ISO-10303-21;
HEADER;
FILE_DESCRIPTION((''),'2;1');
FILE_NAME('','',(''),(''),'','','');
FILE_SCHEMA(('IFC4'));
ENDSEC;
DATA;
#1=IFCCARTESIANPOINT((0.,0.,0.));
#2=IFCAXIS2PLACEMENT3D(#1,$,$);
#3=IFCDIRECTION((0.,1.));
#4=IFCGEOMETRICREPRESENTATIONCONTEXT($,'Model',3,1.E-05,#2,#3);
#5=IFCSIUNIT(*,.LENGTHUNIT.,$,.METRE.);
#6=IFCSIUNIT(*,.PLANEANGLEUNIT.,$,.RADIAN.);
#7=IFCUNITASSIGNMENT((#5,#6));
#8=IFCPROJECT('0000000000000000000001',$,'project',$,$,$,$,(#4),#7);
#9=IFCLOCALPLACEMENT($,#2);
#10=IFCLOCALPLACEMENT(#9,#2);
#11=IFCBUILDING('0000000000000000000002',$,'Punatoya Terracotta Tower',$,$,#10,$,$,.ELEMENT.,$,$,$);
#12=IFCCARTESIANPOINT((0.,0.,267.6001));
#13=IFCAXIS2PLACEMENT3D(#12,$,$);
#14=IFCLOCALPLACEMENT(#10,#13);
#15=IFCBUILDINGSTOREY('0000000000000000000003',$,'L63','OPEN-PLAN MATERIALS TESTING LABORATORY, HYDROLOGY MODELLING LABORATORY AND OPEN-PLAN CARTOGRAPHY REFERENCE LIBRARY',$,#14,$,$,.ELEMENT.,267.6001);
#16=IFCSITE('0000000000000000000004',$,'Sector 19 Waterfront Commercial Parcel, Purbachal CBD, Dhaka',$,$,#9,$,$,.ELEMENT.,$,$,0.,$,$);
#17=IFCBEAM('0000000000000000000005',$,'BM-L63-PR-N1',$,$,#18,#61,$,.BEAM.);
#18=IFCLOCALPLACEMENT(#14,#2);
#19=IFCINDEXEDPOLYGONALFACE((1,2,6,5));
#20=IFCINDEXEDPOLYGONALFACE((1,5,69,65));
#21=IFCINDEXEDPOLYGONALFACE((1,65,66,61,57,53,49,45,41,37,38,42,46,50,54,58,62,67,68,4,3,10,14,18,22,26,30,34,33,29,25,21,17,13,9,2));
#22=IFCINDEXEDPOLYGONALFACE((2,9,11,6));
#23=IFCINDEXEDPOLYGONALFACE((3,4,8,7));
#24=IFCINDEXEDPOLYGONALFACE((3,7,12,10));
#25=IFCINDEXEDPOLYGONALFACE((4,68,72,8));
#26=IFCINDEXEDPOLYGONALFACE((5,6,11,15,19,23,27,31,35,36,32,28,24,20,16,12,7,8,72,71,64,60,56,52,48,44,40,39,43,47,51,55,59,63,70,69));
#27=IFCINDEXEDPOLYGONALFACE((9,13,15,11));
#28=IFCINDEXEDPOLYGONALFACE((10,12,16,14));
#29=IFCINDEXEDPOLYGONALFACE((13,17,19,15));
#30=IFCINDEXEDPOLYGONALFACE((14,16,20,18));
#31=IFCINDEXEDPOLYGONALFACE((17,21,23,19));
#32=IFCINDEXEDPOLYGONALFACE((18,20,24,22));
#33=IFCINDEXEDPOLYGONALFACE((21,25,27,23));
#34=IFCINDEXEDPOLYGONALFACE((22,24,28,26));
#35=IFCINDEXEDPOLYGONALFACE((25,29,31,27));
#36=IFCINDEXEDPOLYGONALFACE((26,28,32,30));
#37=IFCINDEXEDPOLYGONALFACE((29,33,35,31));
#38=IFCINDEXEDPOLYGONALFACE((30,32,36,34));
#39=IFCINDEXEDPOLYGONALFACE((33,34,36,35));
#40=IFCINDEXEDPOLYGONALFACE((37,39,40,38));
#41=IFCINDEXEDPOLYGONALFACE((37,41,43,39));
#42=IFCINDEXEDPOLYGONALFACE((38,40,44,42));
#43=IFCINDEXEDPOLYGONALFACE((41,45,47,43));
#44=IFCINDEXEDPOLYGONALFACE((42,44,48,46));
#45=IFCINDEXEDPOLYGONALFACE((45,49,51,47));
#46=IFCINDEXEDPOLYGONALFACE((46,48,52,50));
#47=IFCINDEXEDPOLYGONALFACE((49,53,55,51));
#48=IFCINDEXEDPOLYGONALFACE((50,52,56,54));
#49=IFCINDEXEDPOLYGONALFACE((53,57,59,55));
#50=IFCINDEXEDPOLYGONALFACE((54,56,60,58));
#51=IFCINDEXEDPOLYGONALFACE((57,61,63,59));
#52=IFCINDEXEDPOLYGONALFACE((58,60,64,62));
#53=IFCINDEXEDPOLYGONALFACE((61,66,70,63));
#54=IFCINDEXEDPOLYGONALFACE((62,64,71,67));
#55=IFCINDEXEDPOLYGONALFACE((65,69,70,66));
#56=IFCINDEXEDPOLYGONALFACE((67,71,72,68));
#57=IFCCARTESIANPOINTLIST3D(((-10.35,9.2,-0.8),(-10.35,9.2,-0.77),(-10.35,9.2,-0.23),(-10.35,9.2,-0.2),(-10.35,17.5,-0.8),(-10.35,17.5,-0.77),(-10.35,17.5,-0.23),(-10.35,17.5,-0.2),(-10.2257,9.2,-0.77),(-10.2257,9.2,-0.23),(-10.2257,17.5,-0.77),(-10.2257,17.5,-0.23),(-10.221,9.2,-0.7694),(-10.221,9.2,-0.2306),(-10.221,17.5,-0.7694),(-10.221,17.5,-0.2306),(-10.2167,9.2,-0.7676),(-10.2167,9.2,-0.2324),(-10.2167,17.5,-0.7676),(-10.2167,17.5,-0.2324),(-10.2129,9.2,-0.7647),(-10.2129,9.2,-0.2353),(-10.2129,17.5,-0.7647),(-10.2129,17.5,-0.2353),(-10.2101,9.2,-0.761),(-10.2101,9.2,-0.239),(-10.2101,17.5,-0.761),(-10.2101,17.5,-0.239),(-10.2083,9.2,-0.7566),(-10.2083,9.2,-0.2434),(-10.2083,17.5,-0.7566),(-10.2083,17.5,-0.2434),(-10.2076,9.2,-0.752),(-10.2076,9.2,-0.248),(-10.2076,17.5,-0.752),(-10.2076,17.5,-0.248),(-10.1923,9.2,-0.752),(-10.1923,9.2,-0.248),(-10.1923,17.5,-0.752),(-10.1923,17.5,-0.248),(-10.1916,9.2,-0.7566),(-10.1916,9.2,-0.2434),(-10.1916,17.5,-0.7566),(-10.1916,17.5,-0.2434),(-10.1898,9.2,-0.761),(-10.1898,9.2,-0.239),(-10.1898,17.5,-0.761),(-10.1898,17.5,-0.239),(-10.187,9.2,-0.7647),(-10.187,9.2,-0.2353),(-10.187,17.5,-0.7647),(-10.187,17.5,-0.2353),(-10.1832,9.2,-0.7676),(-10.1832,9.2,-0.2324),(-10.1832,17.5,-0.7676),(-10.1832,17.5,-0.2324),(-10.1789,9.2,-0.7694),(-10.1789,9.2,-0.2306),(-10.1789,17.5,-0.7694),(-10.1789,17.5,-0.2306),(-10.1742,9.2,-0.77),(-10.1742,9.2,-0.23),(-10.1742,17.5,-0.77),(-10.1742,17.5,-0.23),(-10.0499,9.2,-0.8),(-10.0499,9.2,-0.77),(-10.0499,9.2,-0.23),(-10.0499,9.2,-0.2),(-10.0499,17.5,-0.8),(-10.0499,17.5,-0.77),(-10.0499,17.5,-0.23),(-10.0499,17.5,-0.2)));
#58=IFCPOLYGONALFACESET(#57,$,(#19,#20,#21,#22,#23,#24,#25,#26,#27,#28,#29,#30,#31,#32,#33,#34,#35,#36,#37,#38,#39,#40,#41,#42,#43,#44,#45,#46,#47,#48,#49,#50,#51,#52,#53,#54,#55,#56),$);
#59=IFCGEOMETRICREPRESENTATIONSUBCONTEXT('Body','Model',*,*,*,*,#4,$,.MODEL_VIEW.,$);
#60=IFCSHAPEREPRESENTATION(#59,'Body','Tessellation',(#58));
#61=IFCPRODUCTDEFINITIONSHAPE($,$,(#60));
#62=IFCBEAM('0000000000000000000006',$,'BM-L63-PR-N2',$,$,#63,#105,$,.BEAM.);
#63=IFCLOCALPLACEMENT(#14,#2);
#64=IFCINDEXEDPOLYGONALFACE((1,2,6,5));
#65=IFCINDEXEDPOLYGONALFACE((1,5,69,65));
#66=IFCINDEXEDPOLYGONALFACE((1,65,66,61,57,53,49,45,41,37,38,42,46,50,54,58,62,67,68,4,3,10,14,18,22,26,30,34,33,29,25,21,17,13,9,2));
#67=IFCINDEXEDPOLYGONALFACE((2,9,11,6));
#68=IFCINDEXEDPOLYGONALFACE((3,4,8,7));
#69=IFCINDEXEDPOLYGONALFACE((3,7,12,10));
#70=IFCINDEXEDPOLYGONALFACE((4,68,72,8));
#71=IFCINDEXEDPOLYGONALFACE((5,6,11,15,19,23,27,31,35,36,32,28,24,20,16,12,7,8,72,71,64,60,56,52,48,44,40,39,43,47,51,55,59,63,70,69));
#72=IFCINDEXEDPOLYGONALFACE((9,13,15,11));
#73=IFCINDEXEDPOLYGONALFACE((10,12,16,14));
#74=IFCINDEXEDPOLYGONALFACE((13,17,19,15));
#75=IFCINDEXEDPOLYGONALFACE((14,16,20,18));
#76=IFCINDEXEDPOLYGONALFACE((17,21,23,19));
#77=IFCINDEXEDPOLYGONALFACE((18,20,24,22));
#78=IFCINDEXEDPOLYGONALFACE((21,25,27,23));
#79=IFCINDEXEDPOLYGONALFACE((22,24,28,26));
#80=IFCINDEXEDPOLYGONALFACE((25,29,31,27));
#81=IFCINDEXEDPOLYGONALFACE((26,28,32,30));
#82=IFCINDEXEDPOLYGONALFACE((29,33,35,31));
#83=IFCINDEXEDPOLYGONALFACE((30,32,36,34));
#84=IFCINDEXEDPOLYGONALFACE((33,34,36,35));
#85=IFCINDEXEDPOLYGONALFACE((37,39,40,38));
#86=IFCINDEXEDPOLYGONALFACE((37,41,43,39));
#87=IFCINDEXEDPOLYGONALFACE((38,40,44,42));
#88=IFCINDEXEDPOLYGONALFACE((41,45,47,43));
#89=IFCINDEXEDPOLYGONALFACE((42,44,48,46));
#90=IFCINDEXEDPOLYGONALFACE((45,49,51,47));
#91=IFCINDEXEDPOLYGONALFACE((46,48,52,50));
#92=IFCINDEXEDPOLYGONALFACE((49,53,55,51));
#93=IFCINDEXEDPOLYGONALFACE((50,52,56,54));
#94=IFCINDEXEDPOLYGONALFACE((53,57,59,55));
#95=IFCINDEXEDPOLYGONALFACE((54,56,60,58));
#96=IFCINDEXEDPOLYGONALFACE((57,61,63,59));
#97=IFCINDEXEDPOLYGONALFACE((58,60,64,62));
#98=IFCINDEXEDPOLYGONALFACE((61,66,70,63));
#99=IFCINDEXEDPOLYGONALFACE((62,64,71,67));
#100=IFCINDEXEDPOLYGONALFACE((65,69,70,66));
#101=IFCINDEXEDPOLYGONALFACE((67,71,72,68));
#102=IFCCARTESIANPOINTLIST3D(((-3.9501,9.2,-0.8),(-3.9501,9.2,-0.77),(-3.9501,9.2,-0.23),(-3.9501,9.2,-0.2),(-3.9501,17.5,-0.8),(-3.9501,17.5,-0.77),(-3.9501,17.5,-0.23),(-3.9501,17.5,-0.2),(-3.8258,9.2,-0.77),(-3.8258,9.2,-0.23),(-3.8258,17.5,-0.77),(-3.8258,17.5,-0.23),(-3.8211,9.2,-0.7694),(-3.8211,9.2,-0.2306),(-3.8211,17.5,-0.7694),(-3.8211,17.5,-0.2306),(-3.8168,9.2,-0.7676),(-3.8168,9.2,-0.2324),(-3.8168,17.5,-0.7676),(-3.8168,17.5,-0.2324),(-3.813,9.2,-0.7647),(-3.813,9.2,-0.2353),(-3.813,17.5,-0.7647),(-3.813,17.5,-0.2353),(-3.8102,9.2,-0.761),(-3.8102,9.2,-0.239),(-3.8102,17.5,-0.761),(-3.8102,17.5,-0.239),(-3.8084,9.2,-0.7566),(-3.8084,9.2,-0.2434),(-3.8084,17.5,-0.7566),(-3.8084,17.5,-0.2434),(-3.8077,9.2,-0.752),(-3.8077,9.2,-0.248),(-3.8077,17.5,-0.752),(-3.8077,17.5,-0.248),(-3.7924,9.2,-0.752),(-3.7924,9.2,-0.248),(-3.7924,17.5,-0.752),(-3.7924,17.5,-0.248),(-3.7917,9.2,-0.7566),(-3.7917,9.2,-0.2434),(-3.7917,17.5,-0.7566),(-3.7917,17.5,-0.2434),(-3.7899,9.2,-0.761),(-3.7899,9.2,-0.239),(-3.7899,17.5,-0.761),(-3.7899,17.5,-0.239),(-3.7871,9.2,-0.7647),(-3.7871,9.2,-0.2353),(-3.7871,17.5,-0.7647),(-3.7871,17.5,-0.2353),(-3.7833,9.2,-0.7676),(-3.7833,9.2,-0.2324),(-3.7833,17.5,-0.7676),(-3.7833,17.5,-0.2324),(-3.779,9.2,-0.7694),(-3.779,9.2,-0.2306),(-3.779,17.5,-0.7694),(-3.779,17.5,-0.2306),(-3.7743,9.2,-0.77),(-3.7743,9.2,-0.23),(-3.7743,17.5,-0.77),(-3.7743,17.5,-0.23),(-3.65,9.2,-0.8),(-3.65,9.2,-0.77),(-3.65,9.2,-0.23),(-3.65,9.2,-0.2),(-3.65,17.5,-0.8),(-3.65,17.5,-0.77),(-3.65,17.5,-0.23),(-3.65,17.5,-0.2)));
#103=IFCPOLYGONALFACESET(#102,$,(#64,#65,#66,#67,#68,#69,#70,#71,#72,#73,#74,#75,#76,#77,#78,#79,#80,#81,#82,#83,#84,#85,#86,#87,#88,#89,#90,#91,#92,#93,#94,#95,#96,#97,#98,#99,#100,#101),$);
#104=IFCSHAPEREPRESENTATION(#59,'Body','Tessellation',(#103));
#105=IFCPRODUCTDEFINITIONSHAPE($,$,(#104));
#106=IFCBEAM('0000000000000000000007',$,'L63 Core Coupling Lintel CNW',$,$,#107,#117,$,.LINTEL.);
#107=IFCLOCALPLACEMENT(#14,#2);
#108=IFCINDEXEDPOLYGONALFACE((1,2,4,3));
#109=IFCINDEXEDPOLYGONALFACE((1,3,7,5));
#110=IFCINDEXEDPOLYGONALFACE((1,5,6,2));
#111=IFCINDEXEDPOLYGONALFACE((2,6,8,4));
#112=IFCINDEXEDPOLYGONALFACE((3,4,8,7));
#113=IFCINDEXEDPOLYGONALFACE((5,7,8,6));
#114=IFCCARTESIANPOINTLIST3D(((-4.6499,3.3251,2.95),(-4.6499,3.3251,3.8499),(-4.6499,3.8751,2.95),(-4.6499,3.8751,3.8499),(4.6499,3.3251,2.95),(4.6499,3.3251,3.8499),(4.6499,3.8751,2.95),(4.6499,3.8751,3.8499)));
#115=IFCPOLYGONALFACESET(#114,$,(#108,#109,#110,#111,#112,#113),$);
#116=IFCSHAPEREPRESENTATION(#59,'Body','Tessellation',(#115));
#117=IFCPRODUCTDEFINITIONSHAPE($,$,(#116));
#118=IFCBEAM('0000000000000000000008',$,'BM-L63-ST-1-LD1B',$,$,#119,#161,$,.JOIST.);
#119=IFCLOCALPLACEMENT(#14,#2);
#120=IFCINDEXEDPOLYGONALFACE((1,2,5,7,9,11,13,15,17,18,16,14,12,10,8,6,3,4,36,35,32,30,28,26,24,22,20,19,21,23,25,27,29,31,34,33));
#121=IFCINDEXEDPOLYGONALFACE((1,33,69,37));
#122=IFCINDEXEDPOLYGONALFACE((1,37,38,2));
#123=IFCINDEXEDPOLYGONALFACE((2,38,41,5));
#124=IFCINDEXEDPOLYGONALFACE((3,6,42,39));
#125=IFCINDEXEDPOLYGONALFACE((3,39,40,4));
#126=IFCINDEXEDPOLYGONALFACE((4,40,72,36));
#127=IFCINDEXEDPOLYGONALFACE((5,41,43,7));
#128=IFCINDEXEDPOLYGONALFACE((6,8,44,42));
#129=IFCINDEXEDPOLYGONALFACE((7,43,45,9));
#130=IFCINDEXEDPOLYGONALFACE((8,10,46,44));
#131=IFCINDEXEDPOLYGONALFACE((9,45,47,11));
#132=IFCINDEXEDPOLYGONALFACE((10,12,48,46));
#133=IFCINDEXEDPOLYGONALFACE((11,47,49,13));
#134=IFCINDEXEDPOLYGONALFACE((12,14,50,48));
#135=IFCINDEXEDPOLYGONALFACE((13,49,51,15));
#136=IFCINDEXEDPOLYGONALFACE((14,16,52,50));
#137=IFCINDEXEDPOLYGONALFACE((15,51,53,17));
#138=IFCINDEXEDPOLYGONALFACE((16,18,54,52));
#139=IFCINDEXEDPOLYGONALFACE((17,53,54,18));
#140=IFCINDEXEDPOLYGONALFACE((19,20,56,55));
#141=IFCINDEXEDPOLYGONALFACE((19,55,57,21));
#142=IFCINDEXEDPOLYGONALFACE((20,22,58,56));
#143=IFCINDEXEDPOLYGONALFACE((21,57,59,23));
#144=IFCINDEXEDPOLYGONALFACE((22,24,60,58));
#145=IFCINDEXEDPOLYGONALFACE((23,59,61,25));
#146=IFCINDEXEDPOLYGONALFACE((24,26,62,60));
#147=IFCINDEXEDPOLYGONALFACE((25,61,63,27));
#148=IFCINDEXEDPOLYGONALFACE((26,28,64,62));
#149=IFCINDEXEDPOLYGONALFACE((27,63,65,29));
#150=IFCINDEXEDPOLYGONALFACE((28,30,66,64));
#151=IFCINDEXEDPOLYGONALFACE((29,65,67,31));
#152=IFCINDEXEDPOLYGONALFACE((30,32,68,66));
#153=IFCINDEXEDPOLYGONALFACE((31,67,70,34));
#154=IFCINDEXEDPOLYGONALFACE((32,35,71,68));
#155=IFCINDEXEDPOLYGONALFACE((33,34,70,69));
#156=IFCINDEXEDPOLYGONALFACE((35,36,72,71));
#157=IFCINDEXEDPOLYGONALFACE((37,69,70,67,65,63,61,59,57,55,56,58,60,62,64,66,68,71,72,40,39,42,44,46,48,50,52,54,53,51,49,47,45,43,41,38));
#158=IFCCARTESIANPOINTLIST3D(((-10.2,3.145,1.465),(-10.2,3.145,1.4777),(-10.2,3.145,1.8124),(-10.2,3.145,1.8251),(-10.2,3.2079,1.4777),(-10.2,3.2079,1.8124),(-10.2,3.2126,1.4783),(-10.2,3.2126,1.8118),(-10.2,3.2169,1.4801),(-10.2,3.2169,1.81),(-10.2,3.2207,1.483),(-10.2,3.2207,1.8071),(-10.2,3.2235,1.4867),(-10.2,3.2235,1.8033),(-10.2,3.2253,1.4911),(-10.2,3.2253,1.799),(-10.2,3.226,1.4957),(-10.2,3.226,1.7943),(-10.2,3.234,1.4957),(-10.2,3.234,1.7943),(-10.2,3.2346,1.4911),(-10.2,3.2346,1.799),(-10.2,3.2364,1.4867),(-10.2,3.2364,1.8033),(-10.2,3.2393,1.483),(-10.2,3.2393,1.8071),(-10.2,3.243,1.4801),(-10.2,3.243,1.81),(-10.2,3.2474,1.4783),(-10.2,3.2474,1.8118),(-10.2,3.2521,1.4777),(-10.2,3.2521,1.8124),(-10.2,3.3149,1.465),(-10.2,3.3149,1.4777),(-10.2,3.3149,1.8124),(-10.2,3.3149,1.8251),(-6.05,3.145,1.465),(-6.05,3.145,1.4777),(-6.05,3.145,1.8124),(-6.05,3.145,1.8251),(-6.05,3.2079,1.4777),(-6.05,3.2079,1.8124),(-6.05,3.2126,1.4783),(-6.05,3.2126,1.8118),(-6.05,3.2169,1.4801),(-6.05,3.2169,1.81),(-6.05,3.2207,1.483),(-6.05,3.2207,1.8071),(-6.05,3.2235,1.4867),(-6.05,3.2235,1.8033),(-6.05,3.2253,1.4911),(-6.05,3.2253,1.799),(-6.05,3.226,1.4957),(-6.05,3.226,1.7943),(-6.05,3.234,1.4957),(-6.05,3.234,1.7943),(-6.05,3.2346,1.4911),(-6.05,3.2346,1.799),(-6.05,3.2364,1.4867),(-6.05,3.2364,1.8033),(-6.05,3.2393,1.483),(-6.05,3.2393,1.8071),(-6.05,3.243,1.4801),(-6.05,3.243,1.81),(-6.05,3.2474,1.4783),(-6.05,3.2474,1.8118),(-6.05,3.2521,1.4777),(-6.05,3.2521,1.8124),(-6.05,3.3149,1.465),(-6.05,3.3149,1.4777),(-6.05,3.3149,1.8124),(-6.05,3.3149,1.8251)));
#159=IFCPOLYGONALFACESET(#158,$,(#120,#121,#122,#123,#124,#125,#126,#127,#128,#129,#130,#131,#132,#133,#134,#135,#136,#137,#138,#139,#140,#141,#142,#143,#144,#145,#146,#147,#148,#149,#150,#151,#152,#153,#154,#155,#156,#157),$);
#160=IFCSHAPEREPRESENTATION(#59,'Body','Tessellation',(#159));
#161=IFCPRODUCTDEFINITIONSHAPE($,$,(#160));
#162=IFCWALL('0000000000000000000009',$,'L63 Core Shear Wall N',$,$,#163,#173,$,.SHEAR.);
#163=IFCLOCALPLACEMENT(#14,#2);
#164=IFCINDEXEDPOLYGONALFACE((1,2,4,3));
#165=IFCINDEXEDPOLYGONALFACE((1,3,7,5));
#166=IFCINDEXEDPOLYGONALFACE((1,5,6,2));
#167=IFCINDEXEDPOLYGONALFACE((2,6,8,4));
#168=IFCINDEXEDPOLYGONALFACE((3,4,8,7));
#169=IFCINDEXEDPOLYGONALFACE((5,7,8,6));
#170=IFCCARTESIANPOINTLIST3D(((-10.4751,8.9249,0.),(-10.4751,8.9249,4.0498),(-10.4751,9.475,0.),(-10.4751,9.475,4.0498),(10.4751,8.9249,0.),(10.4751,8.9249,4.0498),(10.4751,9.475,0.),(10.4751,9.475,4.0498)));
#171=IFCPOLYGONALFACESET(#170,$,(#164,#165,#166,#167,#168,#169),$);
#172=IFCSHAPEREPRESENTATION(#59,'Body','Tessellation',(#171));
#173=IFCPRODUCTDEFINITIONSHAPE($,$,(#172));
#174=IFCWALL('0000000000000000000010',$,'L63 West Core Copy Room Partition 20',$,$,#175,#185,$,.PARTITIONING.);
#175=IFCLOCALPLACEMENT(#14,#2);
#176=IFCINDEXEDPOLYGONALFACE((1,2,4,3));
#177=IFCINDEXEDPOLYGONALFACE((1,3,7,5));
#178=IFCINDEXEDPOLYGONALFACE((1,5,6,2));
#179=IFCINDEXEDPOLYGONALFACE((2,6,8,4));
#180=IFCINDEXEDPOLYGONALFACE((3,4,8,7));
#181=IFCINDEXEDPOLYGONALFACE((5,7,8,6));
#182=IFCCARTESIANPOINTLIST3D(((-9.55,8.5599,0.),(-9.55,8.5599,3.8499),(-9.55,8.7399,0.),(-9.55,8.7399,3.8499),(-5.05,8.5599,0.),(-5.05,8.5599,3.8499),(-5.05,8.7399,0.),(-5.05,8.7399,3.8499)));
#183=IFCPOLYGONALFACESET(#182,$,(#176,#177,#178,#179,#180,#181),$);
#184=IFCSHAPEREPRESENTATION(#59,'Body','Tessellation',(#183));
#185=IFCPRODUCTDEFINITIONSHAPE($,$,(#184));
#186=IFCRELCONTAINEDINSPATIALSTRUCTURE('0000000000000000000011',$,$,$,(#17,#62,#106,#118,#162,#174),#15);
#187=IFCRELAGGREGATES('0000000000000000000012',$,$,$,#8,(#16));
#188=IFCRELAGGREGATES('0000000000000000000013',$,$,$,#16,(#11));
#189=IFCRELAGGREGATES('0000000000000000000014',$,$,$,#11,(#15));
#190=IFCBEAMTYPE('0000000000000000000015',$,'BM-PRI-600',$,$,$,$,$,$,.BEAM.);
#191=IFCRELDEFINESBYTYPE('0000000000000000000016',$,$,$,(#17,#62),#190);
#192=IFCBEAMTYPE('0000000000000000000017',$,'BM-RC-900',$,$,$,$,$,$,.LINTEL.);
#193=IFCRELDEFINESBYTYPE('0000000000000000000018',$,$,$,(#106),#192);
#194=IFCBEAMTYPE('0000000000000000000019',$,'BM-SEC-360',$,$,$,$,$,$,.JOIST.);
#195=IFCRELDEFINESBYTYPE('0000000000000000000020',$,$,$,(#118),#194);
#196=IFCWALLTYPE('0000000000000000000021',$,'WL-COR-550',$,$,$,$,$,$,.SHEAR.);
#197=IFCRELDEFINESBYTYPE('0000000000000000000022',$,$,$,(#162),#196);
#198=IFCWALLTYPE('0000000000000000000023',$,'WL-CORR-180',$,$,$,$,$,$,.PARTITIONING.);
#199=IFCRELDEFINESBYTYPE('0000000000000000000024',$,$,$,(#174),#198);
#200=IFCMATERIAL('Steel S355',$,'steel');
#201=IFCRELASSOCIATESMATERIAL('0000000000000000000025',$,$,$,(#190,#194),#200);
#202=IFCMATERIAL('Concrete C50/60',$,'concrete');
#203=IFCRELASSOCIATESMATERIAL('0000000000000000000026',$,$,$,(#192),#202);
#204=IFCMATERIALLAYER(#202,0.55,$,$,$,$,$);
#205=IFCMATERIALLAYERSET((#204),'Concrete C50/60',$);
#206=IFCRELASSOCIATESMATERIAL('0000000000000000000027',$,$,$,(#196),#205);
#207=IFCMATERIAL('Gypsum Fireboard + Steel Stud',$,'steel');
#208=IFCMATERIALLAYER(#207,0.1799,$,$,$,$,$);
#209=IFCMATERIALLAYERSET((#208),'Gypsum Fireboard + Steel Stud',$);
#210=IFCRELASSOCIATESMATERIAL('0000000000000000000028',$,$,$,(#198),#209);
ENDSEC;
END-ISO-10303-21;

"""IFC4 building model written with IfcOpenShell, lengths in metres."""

from ifc_helpers import new_model, si_unit, direction, frame, frame_2d, origin, origin_2d, place, context, subcontext, project, spatial, rectangle, i_section, extrude, material, layer, layer_set, material_profile, profile_set, type_object, element, save


model = new_model("IFC4")

# Units and contexts
model_context = context("Model", 3, precision=1e-05, world=origin(), true_north=direction((0.0, 1.0)))
body_context = subcontext(model_context, "Body", "Model", "MODEL_VIEW")
ifc_project = project(units=[si_unit("LENGTHUNIT", "METRE"), si_unit("PLANEANGLEUNIT", "RADIAN")], contexts=[model_context])

# Site, building, storey
site_placement = place(None, origin())
site = spatial("IfcSite", under=ifc_project, at=site_placement, Name="Sector 19 Waterfront Commercial Parcel, Purbachal CBD, Dhaka", CompositionType="ELEMENT", RefElevation=0.0)
building_placement = place(site_placement, origin())
building = spatial("IfcBuilding", under=site, at=building_placement, Name="Punatoya Terracotta Tower", CompositionType="ELEMENT")
storey_placement = place(building_placement, frame((0.0, 0.0, 267.6001)))
storey = spatial("IfcBuildingStorey", under=building, at=storey_placement, Name="L63", Description="OPEN-PLAN MATERIALS TESTING LABORATORY, HYDROLOGY MODELLING LABORATORY AND OPEN-PLAN CARTOGRAPHY REFERENCE LIBRARY", CompositionType="ELEMENT", Elevation=267.6001)

# Beams
ifc_material_1 = material(Name="Steel S355", Category="steel")
ifc_material_profile_1 = material_profile(ifc_material_1, i_section(OverallWidth=0.3, OverallDepth=0.6001, WebThickness=0.0154, FlangeThickness=0.03, FilletRadius=0.0181, at=origin_2d()))
ifc_profile_set_1 = profile_set([ifc_material_profile_1], Name="Steel S355")
beam_type_1 = type_object("IfcBeamType", Name="BM-PRI-600", PredefinedType="BEAM", material=ifc_profile_set_1)
for number, where, z_axis, x_axis, name in (
    (1, (-10.2, 9.2, -0.5), (0.0, 1.0, 0.0), (-1.0, 0.0, 0.0), "BM-L63-PR-N1"),
    (2, (-3.8, 9.2, -0.5), (0.0, 1.0, 0.0), (-1.0, 0.0, 0.0), "BM-L63-PR-N2"),
):
    element("IfcBeam", number, at=place(storey_placement, frame(where, z_axis=z_axis, x_axis=x_axis)), inside=storey, type_object=beam_type_1, Name=name, PredefinedType="BEAM", context=body_context, shape_type="SweptSolid", body=[
        extrude(i_section(OverallWidth=0.3, OverallDepth=0.6001, WebThickness=0.0154, FlangeThickness=0.03, FilletRadius=0.0181, at=origin_2d()), origin(), (0.0, 0.0, 1.0), 8.3),
    ])
ifc_material_2 = material(Name="Concrete C50/60", Category="concrete")
ifc_material_profile_2 = material_profile(ifc_material_2, rectangle(XDim=0.55, YDim=0.8999, at=origin_2d()))
ifc_profile_set_2 = profile_set([ifc_material_profile_2], Name="Concrete C50/60")
beam_type_2 = type_object("IfcBeamType", Name="BM-RC-900", PredefinedType="LINTEL", material=ifc_profile_set_2)
beam_1_placement = place(storey_placement, frame((-4.6499, 3.6001, 3.3999), z_axis=(1.0, 0.0, 0.0), x_axis=(0.0, 1.0, 0.0)))
element("IfcBeam", 3, at=beam_1_placement, inside=storey, type_object=beam_type_2, Name="L63 Core Coupling Lintel CNW", PredefinedType="LINTEL", context=body_context, shape_type="SweptSolid", body=[
    extrude(rectangle(XDim=0.55, YDim=0.8999, at=origin_2d()), origin(), (0.0, 0.0, 1.0), 9.2998),
])
ifc_material_profile_3 = material_profile(ifc_material_1, i_section(OverallWidth=0.1699, OverallDepth=0.3601, WebThickness=0.0081, FlangeThickness=0.0127, FilletRadius=0.0181, at=origin_2d()))
ifc_profile_set_3 = profile_set([ifc_material_profile_3], Name="Steel S355")
beam_type_3 = type_object("IfcBeamType", Name="BM-SEC-360", PredefinedType="JOIST", material=ifc_profile_set_3)
beam_2_placement = place(storey_placement, frame((-10.2, 3.23, 1.645), z_axis=(1.0, 0.0, 0.0), x_axis=(0.0, 1.0, 0.0)))
element("IfcBeam", 4, at=beam_2_placement, inside=storey, type_object=beam_type_3, Name="BM-L63-ST-1-LD1B", PredefinedType="JOIST", context=body_context, shape_type="SweptSolid", body=[
    extrude(i_section(OverallWidth=0.1699, OverallDepth=0.3601, WebThickness=0.0081, FlangeThickness=0.0127, FilletRadius=0.0181, at=origin_2d()), origin(), (0.0, 0.0, 1.0), 4.1499),
])

# Walls
ifc_layer_1 = layer(ifc_material_2, 0.55)
ifc_layer_set_1 = layer_set([ifc_layer_1], Name="Concrete C50/60")
wall_type_1 = type_object("IfcWallType", Name="WL-COR-550", PredefinedType="SHEAR", material=ifc_layer_set_1)
wall_1_placement = place(storey_placement, frame((-10.4751, 9.2, 0.0), z_axis=(0.0, 0.0, 1.0), x_axis=(1.0, 0.0, 0.0)))
element("IfcWall", 5, at=wall_1_placement, inside=storey, type_object=wall_type_1, Name="L63 Core Shear Wall N", PredefinedType="SHEAR", context=body_context, shape_type="SweptSolid", body=[
    extrude(rectangle(XDim=20.9502, YDim=0.55, at=frame_2d((10.4751, 0.0))), origin(), (0.0, 0.0, 1.0), 4.0498),
])
ifc_material_3 = material(Name="Gypsum Fireboard + Steel Stud", Category="steel")
ifc_layer_2 = layer(ifc_material_3, 0.1799)
ifc_layer_set_2 = layer_set([ifc_layer_2], Name="Gypsum Fireboard + Steel Stud")
wall_type_2 = type_object("IfcWallType", Name="WL-CORR-180", PredefinedType="PARTITIONING", material=ifc_layer_set_2)
wall_2_placement = place(storey_placement, frame((-5.05, 8.6499, 0.0), z_axis=(0.0, 0.0, 1.0), x_axis=(-1.0, 0.0, 0.0)))
element("IfcWall", 6, at=wall_2_placement, inside=storey, type_object=wall_type_2, Name="L63 West Core Copy Room Partition 20", PredefinedType="PARTITIONING", context=body_context, shape_type="SweptSolid", body=[
    extrude(rectangle(XDim=4.5, YDim=0.1799, at=frame_2d((2.25, 0.0))), origin(), (0.0, 0.0, 1.0), 3.8499),
])

save(model, "model.ifc")
